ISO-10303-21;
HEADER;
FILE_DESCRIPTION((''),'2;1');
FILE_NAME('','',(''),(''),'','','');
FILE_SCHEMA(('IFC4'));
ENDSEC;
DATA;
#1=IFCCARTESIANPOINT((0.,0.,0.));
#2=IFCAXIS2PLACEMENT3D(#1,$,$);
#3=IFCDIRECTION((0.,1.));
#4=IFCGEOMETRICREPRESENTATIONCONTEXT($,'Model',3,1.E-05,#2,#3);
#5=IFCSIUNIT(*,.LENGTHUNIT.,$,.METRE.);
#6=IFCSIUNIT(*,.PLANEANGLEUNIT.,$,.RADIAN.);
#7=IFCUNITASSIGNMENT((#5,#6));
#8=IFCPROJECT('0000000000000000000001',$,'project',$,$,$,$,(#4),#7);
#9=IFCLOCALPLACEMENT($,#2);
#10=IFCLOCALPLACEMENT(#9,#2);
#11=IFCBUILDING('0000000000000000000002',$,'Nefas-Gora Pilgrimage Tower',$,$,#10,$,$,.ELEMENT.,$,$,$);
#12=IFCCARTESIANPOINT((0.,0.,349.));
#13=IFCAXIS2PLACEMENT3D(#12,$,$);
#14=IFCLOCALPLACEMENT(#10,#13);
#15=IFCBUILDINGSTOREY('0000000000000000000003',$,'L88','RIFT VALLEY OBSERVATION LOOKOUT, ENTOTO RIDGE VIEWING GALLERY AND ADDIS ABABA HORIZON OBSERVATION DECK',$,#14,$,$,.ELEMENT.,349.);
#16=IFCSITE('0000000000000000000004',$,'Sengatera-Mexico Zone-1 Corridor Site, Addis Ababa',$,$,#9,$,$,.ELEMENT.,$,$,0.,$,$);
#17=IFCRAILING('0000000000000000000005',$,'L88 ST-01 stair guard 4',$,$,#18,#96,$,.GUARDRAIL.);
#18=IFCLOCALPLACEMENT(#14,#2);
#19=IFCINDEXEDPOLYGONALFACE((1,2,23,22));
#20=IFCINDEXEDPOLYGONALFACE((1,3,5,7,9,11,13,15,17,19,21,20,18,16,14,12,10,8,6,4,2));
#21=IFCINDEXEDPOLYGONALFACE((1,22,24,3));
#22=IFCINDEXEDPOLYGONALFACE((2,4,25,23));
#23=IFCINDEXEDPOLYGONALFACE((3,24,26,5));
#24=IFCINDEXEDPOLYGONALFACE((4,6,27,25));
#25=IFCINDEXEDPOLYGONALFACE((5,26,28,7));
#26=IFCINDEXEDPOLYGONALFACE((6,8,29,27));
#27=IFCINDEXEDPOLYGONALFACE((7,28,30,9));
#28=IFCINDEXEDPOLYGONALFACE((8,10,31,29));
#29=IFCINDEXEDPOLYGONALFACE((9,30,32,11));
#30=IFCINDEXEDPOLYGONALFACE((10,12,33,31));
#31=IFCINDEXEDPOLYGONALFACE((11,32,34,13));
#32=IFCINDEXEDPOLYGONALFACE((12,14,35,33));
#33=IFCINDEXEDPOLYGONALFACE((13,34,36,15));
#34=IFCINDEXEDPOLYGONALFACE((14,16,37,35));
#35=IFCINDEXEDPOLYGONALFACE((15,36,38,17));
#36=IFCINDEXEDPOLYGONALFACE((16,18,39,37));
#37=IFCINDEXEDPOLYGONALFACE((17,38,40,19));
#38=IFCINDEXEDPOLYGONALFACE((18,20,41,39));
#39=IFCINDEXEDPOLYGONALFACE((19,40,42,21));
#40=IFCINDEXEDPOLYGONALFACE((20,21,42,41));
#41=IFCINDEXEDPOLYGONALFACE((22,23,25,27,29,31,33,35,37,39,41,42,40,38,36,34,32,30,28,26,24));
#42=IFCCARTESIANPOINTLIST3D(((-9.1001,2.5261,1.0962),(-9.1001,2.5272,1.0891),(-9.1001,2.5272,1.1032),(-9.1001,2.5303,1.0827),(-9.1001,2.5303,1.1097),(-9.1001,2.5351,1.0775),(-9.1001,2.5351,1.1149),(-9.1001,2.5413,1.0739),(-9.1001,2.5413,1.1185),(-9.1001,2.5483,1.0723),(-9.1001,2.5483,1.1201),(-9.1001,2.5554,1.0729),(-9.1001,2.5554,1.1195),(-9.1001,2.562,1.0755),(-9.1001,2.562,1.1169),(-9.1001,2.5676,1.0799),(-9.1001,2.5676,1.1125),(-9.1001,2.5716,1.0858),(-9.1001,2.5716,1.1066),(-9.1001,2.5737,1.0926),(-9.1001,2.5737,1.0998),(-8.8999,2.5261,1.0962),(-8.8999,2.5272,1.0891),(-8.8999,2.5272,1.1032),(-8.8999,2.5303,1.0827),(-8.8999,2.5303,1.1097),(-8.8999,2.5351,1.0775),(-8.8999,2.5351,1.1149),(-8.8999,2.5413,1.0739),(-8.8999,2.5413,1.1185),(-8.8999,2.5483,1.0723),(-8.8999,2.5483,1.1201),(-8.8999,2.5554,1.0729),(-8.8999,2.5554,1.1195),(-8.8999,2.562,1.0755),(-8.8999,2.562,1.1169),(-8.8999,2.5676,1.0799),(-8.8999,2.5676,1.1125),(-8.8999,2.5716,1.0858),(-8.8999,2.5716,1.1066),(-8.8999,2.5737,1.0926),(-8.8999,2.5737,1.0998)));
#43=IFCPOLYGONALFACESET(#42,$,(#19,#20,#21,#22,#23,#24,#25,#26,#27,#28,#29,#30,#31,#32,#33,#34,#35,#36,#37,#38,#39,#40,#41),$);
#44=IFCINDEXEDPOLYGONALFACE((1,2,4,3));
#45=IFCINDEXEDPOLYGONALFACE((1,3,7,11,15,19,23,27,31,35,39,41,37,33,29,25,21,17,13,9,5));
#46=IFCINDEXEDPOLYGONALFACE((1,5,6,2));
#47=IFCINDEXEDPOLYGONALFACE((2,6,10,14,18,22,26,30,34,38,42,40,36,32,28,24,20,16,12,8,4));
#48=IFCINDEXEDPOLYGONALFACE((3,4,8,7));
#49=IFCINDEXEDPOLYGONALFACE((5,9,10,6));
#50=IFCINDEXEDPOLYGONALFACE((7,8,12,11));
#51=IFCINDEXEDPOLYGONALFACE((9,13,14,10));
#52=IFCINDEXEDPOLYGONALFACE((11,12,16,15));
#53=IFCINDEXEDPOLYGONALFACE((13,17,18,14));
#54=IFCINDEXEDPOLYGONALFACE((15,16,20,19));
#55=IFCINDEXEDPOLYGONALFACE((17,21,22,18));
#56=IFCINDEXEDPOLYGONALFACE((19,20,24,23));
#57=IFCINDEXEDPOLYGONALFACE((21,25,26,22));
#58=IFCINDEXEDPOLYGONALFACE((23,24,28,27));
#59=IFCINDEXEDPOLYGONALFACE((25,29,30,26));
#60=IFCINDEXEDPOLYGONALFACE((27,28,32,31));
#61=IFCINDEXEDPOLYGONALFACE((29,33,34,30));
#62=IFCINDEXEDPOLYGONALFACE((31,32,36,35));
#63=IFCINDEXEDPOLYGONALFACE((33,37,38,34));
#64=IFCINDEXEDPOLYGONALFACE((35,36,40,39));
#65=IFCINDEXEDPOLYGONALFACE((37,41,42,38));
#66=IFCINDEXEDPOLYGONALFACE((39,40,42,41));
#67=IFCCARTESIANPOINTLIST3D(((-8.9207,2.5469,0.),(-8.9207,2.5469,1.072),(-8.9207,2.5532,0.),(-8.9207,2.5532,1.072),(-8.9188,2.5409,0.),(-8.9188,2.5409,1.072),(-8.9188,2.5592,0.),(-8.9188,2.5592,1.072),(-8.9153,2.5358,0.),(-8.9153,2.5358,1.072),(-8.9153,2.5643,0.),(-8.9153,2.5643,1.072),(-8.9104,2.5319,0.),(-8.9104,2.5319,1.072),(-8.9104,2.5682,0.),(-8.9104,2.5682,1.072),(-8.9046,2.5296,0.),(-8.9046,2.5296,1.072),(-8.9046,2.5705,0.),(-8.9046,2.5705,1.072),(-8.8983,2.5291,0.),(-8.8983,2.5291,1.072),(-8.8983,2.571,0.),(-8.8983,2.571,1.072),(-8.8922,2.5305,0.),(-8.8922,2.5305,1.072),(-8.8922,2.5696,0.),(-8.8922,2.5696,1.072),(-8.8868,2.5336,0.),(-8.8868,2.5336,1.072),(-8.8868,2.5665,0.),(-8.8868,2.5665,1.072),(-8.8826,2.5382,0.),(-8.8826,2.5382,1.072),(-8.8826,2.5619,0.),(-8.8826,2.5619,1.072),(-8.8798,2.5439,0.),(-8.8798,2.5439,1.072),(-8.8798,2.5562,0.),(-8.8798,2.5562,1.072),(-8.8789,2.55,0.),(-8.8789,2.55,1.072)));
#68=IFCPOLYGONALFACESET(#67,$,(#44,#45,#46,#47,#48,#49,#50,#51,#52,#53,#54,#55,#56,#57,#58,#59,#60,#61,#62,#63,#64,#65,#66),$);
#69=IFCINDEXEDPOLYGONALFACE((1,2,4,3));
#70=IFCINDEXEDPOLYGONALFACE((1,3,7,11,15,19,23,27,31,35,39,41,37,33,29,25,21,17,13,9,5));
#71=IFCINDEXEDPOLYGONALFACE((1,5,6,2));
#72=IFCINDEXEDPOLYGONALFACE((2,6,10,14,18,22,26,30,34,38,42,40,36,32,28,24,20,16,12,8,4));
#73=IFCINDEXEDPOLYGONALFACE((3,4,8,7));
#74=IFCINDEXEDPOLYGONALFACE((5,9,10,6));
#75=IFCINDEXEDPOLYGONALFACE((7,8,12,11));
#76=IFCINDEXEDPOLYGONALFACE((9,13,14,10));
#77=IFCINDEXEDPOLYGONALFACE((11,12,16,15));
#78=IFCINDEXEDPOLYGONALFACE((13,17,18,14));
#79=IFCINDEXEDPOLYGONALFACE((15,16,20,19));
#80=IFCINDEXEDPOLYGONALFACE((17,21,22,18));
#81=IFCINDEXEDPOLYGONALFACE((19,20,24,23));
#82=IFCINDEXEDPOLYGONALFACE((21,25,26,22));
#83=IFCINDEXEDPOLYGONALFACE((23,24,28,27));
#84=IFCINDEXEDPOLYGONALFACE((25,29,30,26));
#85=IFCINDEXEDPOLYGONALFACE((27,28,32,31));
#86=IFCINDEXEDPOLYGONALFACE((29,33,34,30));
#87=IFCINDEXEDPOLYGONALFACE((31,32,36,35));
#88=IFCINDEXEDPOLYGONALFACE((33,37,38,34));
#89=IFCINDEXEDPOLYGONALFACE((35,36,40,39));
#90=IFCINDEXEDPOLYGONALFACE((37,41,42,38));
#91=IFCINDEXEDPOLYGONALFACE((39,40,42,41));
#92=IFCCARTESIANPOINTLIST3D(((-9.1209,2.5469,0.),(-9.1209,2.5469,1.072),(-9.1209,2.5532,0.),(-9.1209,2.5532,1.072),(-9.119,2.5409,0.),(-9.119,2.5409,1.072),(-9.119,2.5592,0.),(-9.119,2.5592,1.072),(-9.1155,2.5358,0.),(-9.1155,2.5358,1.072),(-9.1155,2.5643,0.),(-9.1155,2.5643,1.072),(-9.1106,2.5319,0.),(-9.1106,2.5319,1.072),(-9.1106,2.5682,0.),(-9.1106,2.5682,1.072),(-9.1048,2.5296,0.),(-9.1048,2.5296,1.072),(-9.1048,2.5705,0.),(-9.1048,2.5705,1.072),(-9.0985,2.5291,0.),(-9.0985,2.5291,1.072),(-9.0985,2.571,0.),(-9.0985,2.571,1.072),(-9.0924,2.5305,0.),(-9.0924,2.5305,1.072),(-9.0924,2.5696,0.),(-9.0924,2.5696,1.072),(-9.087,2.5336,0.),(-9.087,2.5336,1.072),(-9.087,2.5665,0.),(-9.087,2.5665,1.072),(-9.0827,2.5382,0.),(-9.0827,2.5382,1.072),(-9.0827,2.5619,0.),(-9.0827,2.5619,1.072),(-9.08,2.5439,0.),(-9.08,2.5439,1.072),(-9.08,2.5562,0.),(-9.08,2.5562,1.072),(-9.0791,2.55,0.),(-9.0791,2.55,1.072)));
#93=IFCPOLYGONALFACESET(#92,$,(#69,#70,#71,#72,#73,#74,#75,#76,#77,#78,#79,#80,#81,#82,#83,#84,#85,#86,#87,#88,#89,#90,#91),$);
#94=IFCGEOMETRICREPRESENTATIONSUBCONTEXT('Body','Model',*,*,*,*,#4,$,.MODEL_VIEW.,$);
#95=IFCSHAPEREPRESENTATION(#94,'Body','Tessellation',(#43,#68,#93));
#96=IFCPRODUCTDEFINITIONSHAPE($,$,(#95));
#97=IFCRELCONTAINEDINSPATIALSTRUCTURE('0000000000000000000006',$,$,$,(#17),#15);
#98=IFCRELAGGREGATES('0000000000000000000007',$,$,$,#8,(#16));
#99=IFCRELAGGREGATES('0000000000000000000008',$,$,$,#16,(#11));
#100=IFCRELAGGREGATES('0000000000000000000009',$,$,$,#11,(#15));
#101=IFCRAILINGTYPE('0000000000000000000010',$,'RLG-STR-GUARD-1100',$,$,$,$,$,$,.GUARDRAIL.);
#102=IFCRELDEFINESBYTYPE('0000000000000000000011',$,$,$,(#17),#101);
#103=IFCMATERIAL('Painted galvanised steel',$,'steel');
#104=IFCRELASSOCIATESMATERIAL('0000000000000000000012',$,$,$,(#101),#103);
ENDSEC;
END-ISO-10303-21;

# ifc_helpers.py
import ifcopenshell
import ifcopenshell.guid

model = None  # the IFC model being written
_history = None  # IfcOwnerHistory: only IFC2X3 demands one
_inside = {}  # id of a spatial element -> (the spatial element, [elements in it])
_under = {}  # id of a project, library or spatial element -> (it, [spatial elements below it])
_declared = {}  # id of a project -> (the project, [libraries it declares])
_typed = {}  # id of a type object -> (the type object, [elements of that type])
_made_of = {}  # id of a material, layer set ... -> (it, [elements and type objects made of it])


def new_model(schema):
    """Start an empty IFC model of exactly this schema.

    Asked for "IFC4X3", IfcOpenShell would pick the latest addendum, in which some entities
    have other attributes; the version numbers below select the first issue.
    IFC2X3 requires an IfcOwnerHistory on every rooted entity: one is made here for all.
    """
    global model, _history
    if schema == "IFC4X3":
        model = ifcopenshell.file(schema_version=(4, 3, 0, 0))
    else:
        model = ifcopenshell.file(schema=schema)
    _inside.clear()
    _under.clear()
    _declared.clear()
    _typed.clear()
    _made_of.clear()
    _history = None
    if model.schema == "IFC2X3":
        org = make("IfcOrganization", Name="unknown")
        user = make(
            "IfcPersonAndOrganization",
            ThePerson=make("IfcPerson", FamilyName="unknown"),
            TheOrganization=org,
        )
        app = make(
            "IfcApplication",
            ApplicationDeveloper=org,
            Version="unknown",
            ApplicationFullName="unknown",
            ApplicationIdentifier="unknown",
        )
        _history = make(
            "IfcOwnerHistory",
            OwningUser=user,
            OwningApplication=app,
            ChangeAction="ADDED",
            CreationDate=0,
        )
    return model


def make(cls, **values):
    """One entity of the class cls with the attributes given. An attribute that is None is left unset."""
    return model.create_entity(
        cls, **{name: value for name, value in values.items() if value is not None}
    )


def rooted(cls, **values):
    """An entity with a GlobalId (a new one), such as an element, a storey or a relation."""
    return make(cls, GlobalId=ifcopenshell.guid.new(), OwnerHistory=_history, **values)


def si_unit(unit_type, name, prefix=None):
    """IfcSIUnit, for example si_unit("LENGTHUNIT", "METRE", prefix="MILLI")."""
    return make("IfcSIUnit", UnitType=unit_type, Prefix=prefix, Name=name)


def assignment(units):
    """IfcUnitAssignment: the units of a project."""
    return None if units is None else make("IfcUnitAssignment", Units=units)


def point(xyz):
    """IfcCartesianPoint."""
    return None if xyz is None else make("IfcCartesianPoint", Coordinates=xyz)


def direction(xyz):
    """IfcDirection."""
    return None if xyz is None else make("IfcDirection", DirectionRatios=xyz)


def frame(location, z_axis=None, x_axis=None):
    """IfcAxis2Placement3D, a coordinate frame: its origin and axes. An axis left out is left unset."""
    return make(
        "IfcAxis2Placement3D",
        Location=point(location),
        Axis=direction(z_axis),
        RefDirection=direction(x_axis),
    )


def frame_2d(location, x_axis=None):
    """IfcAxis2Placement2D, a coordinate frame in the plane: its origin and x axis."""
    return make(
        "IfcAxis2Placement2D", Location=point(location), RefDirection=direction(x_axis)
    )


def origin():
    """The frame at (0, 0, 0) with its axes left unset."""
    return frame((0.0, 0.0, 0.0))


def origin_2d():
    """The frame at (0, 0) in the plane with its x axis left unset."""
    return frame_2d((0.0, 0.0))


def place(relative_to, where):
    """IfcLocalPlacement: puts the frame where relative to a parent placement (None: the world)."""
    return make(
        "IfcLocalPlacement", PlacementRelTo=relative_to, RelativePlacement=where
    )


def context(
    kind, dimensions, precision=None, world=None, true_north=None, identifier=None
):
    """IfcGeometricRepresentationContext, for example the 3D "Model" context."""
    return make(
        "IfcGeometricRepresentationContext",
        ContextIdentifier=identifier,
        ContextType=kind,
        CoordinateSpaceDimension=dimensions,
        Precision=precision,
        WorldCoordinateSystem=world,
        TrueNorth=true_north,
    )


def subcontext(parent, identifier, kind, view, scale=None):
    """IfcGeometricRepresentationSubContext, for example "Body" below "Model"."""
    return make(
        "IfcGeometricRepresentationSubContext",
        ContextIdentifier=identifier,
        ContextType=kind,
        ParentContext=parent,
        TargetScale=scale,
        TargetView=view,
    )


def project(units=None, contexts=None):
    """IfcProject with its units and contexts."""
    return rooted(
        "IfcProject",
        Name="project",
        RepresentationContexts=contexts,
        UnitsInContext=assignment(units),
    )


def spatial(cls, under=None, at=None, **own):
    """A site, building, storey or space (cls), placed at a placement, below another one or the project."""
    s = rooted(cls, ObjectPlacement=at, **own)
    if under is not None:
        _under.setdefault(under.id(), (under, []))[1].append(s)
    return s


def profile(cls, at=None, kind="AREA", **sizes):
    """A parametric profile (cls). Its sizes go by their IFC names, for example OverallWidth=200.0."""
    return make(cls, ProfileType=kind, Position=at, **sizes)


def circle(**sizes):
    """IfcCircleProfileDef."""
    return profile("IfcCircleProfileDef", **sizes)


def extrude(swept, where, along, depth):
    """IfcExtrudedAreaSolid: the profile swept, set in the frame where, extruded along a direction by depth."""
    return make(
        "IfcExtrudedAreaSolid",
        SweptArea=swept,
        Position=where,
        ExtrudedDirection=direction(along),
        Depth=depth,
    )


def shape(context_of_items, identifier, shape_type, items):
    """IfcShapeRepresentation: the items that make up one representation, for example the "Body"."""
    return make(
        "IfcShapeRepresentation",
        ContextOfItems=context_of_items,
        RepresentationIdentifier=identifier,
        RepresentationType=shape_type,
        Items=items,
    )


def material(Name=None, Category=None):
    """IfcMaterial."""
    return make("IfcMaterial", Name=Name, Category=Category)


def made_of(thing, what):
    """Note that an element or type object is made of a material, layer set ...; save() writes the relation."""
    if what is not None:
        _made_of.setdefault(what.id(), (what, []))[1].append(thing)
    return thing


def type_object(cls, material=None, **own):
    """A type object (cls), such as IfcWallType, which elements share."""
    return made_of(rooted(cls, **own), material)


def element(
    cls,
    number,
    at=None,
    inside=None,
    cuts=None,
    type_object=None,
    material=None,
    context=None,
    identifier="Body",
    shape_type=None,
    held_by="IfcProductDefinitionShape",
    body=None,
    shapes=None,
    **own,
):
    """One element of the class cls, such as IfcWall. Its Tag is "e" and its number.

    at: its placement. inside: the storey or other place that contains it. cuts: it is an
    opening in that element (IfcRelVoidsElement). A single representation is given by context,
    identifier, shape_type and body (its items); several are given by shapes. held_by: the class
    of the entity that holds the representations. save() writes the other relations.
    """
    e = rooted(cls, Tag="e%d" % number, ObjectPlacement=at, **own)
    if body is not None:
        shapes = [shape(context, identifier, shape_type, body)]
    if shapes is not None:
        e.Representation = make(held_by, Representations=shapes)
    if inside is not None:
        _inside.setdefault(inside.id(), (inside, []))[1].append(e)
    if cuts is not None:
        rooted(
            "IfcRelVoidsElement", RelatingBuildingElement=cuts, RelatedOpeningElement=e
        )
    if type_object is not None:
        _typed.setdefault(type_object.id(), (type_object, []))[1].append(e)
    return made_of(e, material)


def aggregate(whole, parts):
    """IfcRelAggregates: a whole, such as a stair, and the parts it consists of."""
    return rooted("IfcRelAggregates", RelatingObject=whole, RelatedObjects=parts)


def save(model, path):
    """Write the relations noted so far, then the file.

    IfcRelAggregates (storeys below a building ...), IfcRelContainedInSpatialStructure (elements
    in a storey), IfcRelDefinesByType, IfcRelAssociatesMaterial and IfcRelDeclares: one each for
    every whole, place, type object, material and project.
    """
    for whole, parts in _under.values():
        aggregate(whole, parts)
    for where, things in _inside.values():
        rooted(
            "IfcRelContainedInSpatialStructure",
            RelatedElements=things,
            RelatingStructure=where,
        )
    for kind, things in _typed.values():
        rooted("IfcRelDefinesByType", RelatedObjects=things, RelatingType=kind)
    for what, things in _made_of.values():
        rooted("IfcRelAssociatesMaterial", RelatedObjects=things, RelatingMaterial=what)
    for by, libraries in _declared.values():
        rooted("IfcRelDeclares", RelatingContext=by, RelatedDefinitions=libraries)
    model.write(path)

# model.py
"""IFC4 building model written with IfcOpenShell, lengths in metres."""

from ifc_helpers import new_model, si_unit, direction, frame, origin, origin_2d, place, context, subcontext, project, spatial, circle, extrude, material, type_object, element, save


model = new_model("IFC4")

# Units and contexts
model_context = context("Model", 3, precision=1e-05, world=origin(), true_north=direction((0.0, 1.0)))
body_context = subcontext(model_context, "Body", "Model", "MODEL_VIEW")
ifc_project = project(units=[si_unit("LENGTHUNIT", "METRE"), si_unit("PLANEANGLEUNIT", "RADIAN")], contexts=[model_context])

# Site, building, storey
site_placement = place(None, origin())
site = spatial("IfcSite", under=ifc_project, at=site_placement, Name="Sengatera-Mexico Zone-1 Corridor Site, Addis Ababa", CompositionType="ELEMENT", RefElevation=0.0)
building_placement = place(site_placement, origin())
building = spatial("IfcBuilding", under=site, at=building_placement, Name="Nefas-Gora Pilgrimage Tower", CompositionType="ELEMENT")
storey_placement = place(building_placement, frame((0.0, 0.0, 349.0)))
storey = spatial("IfcBuildingStorey", under=building, at=storey_placement, Name="L88", Description="RIFT VALLEY OBSERVATION LOOKOUT, ENTOTO RIDGE VIEWING GALLERY AND ADDIS ABABA HORIZON OBSERVATION DECK", CompositionType="ELEMENT", Elevation=349.0)

# Railing
ifc_material_1 = material(Name="Painted galvanised steel", Category="steel")
railing_type_1 = type_object("IfcRailingType", Name="RLG-STR-GUARD-1100", PredefinedType="GUARDRAIL", material=ifc_material_1)
railing_1_placement = place(storey_placement, frame((-8.8999, 2.55, 0.0)))
element("IfcRailing", 1, at=railing_1_placement, inside=storey, type_object=railing_type_1, Name="L88 ST-01 stair guard 4", PredefinedType="GUARDRAIL", context=body_context, shape_type="SweptSolid", body=[
    extrude(circle(Radius=0.0239, at=origin_2d()), frame((0.0, 0.0, 1.0962), z_axis=(-1.0, 0.0, 0.0), x_axis=(0.0, -1.0, 0.0)), (0.0, 0.0, 1.0), 0.2002),
    extrude(circle(Radius=0.021, at=origin_2d()), origin(), (0.0, 0.0, 1.0), 1.072),
    extrude(circle(Radius=0.021, at=origin_2d()), frame((-0.2002, 0.0, 0.0)), (0.0, 0.0, 1.0), 1.072),
])

save(model, "model.ifc")
